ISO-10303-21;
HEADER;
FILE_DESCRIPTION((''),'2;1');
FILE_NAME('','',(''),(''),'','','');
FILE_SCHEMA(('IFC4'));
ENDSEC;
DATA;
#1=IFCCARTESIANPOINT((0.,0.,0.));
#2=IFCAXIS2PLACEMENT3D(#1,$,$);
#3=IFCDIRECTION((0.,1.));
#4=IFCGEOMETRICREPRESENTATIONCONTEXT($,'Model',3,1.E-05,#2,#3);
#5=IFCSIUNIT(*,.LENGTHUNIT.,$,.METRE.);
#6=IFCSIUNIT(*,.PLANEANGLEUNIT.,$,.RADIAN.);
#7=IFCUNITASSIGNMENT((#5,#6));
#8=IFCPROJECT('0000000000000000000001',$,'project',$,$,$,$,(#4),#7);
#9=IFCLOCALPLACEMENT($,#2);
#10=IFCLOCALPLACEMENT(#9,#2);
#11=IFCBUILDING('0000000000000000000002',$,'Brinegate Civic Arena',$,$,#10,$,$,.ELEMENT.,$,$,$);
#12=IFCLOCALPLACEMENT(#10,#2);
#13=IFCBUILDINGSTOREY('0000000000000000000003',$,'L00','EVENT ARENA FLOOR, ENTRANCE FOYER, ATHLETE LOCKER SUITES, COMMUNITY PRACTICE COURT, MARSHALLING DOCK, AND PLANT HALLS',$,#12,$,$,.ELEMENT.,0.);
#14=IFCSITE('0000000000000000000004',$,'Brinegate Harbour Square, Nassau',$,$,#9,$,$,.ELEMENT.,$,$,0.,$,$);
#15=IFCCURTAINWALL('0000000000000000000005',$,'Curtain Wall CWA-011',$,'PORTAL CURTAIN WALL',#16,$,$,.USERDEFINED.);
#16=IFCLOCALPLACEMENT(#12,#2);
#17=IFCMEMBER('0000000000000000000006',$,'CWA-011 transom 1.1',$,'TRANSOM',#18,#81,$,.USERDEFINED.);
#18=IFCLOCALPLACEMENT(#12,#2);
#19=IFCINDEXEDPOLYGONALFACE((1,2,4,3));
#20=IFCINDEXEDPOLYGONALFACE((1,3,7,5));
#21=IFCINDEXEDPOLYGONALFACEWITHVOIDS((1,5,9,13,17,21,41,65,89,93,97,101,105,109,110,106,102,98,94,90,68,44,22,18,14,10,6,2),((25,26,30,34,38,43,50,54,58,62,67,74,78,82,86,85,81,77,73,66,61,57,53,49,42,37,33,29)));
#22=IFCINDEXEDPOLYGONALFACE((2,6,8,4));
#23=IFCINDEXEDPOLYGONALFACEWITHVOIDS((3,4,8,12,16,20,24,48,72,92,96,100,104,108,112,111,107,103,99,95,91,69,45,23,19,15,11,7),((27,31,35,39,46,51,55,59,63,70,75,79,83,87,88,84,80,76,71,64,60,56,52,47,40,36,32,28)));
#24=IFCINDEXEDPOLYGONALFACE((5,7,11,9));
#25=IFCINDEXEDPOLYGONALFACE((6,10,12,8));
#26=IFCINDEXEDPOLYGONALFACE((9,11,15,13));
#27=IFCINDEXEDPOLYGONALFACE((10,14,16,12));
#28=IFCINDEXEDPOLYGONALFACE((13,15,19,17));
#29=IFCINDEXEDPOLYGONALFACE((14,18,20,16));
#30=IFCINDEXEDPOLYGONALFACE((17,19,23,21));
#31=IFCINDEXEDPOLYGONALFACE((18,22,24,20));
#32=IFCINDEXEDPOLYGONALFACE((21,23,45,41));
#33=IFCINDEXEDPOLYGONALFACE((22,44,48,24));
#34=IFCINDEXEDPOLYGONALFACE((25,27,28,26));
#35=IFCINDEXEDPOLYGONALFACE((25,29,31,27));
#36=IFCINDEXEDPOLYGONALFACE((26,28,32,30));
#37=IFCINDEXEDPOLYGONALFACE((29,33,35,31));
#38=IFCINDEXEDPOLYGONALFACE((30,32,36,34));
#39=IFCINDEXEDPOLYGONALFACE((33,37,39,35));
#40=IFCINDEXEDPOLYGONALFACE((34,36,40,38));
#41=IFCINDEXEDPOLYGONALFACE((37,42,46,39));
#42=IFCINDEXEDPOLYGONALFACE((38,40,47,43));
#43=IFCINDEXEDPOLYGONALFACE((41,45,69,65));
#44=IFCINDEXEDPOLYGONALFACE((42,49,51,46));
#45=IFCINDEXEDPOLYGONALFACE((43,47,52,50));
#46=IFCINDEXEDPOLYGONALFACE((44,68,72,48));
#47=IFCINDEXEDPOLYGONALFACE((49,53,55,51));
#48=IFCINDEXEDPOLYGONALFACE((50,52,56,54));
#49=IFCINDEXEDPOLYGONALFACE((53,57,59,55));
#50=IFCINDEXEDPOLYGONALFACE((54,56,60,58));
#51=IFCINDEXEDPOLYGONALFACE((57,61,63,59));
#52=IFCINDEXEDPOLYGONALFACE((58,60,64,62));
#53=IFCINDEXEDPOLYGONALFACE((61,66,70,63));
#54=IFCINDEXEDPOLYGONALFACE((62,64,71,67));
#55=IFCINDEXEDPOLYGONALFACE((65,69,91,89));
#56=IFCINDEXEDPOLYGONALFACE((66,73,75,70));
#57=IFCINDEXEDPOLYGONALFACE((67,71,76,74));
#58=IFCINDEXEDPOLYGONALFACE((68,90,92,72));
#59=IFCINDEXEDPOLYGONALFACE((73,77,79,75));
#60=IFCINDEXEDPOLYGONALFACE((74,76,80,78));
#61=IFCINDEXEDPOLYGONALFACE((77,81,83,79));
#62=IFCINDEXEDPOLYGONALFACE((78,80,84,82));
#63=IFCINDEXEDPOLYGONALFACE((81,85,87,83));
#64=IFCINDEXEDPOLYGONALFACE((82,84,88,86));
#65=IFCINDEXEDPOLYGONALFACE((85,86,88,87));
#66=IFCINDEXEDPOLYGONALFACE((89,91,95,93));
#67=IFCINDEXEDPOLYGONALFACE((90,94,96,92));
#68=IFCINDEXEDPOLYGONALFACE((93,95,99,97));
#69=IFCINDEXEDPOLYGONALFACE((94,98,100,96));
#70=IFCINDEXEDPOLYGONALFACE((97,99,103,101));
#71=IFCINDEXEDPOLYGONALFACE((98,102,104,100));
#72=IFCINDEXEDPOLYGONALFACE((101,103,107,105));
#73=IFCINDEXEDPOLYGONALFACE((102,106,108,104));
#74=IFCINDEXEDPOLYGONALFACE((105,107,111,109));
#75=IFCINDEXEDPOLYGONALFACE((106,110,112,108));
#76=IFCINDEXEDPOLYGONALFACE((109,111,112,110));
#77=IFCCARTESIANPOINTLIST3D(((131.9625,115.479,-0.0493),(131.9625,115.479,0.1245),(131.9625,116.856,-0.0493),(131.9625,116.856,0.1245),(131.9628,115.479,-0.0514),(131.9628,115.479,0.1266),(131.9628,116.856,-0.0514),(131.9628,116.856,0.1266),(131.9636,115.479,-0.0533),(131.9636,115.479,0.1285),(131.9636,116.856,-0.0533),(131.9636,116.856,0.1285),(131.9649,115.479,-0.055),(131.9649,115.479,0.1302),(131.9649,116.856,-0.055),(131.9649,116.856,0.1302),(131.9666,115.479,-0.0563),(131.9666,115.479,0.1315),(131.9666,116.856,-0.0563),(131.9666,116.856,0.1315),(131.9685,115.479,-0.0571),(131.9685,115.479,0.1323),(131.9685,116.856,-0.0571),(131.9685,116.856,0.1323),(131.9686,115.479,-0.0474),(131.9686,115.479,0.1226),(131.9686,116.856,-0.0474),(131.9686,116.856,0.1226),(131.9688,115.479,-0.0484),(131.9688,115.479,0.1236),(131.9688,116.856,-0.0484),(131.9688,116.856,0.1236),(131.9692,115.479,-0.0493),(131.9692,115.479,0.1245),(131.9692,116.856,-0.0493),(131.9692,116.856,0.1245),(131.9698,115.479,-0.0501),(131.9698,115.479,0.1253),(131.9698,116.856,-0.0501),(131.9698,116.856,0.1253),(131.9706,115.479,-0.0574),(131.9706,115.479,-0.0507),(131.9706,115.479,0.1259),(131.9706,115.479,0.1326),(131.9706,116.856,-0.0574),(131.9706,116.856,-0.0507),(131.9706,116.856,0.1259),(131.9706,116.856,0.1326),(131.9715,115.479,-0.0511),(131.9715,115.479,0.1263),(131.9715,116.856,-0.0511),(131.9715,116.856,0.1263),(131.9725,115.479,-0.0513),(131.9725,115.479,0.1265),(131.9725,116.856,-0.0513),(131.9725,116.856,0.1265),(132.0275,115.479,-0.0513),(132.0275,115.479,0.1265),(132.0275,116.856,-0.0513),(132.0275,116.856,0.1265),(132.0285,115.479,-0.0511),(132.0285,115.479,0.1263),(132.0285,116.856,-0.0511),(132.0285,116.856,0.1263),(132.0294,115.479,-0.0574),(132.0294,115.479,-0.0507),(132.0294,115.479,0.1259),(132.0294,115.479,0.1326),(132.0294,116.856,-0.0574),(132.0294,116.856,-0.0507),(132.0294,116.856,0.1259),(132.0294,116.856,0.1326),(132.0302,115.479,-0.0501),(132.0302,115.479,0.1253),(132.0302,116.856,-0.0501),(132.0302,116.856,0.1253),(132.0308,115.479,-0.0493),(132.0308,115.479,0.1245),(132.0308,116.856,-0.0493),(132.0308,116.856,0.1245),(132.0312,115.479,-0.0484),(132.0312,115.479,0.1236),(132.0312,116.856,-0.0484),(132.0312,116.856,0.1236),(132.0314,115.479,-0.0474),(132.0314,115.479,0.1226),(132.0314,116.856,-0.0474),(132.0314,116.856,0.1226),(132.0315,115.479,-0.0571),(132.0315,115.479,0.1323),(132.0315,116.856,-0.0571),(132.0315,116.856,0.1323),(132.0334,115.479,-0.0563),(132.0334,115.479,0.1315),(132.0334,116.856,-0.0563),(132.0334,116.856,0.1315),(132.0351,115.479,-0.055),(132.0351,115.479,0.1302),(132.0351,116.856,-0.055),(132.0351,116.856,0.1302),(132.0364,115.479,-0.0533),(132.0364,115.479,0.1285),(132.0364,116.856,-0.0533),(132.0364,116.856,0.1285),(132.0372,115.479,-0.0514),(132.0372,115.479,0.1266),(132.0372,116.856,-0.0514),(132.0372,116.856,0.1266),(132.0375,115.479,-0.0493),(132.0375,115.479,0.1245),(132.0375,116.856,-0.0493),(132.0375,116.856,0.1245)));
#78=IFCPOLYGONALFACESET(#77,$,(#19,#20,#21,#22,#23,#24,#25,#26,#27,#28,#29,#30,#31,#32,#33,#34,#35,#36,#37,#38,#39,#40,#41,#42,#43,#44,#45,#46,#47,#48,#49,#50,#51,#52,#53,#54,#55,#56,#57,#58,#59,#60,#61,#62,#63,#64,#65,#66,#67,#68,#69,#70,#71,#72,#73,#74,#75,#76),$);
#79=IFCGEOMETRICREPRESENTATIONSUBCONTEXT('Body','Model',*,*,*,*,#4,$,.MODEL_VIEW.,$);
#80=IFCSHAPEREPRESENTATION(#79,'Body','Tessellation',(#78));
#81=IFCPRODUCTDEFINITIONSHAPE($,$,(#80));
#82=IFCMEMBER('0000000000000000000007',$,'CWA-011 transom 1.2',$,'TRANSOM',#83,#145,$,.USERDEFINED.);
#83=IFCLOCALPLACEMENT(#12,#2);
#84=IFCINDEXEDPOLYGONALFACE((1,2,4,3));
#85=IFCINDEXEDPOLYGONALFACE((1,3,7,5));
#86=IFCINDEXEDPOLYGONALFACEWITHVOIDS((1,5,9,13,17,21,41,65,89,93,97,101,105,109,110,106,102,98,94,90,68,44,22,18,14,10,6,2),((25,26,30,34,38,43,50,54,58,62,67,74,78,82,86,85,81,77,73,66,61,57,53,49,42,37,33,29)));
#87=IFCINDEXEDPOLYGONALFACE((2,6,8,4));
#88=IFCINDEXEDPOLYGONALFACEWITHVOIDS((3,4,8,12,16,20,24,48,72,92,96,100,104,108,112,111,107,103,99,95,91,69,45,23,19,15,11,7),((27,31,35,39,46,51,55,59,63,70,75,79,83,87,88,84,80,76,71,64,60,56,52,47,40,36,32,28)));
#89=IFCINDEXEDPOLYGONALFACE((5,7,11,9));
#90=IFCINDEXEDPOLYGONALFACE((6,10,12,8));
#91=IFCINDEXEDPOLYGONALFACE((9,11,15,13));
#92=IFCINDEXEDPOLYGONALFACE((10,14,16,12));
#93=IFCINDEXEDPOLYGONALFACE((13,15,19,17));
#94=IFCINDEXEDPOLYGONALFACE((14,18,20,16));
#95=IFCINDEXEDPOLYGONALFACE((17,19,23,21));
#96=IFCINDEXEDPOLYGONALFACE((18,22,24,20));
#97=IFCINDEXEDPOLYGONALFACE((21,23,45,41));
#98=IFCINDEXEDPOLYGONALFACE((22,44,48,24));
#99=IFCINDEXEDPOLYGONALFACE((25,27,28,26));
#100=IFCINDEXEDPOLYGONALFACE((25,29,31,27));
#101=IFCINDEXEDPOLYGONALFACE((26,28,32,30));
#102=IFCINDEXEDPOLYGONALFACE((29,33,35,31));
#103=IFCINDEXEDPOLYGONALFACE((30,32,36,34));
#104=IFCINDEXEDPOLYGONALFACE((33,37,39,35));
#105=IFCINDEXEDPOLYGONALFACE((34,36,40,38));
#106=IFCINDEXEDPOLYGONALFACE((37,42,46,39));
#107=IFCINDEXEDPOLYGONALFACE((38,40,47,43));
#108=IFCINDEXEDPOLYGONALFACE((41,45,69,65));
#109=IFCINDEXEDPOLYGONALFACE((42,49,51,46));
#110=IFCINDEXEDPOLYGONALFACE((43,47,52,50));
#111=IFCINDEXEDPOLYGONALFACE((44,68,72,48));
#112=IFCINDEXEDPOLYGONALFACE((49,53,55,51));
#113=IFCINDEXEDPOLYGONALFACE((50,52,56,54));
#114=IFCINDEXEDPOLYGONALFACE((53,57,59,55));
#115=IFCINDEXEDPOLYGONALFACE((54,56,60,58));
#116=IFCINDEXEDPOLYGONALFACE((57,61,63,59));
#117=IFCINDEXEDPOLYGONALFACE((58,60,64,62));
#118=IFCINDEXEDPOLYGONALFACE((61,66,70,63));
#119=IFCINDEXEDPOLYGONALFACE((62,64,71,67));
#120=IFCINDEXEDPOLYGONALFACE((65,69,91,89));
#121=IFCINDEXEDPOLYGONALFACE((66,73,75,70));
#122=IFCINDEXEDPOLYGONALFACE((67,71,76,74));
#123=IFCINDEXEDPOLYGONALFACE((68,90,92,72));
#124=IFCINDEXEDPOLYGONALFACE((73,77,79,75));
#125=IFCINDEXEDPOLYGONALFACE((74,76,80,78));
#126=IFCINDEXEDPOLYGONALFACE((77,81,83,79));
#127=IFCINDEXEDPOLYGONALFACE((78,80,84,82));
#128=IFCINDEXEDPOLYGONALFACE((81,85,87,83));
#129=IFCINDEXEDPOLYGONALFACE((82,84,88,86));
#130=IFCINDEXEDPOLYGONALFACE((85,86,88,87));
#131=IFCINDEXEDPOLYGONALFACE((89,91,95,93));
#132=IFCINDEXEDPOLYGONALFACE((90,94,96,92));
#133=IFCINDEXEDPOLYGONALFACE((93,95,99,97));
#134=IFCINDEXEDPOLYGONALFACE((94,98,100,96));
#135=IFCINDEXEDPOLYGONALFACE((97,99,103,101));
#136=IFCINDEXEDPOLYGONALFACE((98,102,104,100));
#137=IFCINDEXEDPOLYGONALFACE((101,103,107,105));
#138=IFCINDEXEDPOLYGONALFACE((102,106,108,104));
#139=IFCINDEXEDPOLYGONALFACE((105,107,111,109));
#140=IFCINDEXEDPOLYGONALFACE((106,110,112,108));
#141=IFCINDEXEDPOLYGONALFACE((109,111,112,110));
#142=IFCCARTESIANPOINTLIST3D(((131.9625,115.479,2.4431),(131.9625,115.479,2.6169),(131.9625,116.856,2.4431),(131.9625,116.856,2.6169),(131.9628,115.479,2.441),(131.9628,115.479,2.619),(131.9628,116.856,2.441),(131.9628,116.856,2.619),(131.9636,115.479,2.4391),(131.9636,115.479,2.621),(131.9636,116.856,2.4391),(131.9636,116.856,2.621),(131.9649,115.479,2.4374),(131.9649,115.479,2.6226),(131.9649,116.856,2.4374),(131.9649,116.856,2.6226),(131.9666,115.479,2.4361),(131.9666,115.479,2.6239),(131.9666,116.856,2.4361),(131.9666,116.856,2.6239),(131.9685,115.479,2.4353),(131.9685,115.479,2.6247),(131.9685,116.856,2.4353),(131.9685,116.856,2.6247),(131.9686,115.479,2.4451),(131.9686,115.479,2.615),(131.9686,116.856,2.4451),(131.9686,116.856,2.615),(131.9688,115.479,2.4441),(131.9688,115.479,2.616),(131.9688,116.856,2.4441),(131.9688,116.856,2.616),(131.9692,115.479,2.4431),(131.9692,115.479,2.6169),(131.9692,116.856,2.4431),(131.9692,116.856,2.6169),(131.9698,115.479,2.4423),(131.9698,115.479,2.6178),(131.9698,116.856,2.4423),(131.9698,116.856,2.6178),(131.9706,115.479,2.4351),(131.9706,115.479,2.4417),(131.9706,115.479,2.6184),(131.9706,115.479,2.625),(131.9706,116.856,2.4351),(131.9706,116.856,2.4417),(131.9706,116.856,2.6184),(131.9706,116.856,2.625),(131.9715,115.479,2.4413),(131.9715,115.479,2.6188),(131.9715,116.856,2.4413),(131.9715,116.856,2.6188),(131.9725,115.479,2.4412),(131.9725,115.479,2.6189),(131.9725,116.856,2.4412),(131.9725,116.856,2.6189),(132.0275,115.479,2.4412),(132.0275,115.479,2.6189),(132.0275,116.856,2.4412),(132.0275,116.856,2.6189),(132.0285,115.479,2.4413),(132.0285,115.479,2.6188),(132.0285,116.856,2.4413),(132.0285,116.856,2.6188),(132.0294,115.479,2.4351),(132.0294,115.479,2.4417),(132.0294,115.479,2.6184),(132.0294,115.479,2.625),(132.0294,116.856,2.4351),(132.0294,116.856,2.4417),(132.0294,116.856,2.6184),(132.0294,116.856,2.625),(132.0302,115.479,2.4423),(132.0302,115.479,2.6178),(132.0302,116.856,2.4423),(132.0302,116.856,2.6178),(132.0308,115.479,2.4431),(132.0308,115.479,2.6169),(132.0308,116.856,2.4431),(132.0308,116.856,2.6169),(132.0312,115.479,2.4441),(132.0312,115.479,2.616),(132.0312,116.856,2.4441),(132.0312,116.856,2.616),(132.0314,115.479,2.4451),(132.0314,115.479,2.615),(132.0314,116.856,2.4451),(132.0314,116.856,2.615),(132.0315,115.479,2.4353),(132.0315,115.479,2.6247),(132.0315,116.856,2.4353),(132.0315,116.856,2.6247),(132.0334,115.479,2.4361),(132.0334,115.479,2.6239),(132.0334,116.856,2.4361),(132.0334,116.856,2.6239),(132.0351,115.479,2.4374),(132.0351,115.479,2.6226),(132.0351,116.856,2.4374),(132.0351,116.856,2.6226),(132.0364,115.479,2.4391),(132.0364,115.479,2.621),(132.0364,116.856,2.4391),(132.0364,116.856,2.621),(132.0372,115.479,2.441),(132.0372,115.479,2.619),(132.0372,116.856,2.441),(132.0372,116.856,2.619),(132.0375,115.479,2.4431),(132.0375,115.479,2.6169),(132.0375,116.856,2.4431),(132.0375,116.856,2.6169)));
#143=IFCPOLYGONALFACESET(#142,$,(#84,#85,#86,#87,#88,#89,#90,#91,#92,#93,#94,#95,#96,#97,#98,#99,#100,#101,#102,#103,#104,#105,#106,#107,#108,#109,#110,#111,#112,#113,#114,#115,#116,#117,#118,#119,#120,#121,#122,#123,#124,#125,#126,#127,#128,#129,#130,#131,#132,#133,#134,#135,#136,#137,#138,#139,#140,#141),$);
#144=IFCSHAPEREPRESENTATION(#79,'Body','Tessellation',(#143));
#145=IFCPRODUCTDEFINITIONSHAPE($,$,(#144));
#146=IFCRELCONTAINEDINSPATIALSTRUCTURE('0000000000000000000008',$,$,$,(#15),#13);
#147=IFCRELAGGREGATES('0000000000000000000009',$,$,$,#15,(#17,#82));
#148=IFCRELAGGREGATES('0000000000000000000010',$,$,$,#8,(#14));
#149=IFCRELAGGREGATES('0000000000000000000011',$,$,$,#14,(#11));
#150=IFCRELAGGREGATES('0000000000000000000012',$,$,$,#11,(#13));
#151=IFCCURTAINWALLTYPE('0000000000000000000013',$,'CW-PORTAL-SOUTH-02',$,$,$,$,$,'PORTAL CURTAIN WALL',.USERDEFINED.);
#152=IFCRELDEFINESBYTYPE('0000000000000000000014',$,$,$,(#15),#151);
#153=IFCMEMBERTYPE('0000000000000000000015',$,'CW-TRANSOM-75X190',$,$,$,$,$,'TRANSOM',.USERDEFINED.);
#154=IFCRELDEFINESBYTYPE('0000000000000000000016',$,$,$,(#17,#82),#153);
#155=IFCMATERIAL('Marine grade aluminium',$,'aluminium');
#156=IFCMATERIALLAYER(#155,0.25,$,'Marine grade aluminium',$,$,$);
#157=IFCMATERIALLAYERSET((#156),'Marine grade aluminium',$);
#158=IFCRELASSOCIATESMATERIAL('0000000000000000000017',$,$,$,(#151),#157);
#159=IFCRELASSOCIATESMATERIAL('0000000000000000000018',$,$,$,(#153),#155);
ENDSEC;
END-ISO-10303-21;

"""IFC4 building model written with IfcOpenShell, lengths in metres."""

from ifc_helpers import new_model, si_unit, direction, frame, origin, origin_2d, place, context, subcontext, project, spatial, hollow_rectangle, extrude, material, layer, layer_set, material_profile, profile_set, type_object, element, aggregate, save


model = new_model("IFC4")

# Units and contexts
model_context = context("Model", 3, precision=1e-05, world=origin(), true_north=direction((0.0, 1.0)))
body_context = subcontext(model_context, "Body", "Model", "MODEL_VIEW")
ifc_project = project(units=[si_unit("LENGTHUNIT", "METRE"), si_unit("PLANEANGLEUNIT", "RADIAN")], contexts=[model_context])

# Site, building, storey
site_placement = place(None, origin())
site = spatial("IfcSite", under=ifc_project, at=site_placement, Name="Brinegate Harbour Square, Nassau", CompositionType="ELEMENT", RefElevation=0.0)
building_placement = place(site_placement, origin())
building = spatial("IfcBuilding", under=site, at=building_placement, Name="Brinegate Civic Arena", CompositionType="ELEMENT")
storey_placement = place(building_placement, origin())
storey = spatial("IfcBuildingStorey", under=building, at=storey_placement, Name="L00", Description="EVENT ARENA FLOOR, ENTRANCE FOYER, ATHLETE LOCKER SUITES, COMMUNITY PRACTICE COURT, MARSHALLING DOCK, AND PLANT HALLS", CompositionType="ELEMENT", Elevation=0.0)

# Curtain wall, members
ifc_material_1 = material(Name="Marine grade aluminium", Category="aluminium")
ifc_layer_1 = layer(ifc_material_1, 0.25, Name="Marine grade aluminium")
ifc_layer_set_1 = layer_set([ifc_layer_1], Name="Marine grade aluminium")
curtain_wall_type = type_object("IfcCurtainWallType", Name="CW-PORTAL-SOUTH-02", ElementType="PORTAL CURTAIN WALL", PredefinedType="USERDEFINED", material=ifc_layer_set_1)
curtain_wall_placement = place(storey_placement, origin())
curtain_wall = element("IfcCurtainWall", 1, at=curtain_wall_placement, inside=storey, type_object=curtain_wall_type, Name="Curtain Wall CWA-011", ObjectType="PORTAL CURTAIN WALL", PredefinedType="USERDEFINED")
ifc_material_profile_1 = material_profile(ifc_material_1, hollow_rectangle(XDim=0.075, YDim=0.1899, WallThickness=0.0061, InnerFilletRadius=0.0039, OuterFilletRadius=0.0081, at=origin_2d()), Name="TRN75X190")
ifc_profile_set_1 = profile_set([ifc_material_profile_1], Name="Marine grade aluminium")
member_type_1 = type_object("IfcMemberType", Name="CW-TRANSOM-75X190", ElementType="TRANSOM", PredefinedType="USERDEFINED", material=ifc_profile_set_1)
member_1_placement = place(storey_placement, frame((132.0, 115.479, 0.0376), z_axis=(0.0, 1.0, 0.0), x_axis=(-1.0, 0.0, 0.0)))
member_1 = element("IfcMember", 2, at=member_1_placement, type_object=member_type_1, Name="CWA-011 transom 1.1", ObjectType="TRANSOM", PredefinedType="USERDEFINED", context=body_context, shape_type="SweptSolid", body=[
    extrude(hollow_rectangle(XDim=0.075, YDim=0.1899, WallThickness=0.0061, InnerFilletRadius=0.0039, OuterFilletRadius=0.0081, at=origin_2d()), origin(), (0.0, 0.0, 1.0), 1.377),
])
member_2_placement = place(storey_placement, frame((132.0, 115.479, 2.53), z_axis=(0.0, 1.0, 0.0), x_axis=(-1.0, 0.0, 0.0)))
member_2 = element("IfcMember", 3, at=member_2_placement, type_object=member_type_1, Name="CWA-011 transom 1.2", ObjectType="TRANSOM", PredefinedType="USERDEFINED", context=body_context, shape_type="SweptSolid", body=[
    extrude(hollow_rectangle(XDim=0.075, YDim=0.1899, WallThickness=0.0061, InnerFilletRadius=0.0039, OuterFilletRadius=0.0081, at=origin_2d()), origin(), (0.0, 0.0, 1.0), 1.377),
])
aggregate(curtain_wall, [member_1, member_2])

save(model, "model.ifc")
